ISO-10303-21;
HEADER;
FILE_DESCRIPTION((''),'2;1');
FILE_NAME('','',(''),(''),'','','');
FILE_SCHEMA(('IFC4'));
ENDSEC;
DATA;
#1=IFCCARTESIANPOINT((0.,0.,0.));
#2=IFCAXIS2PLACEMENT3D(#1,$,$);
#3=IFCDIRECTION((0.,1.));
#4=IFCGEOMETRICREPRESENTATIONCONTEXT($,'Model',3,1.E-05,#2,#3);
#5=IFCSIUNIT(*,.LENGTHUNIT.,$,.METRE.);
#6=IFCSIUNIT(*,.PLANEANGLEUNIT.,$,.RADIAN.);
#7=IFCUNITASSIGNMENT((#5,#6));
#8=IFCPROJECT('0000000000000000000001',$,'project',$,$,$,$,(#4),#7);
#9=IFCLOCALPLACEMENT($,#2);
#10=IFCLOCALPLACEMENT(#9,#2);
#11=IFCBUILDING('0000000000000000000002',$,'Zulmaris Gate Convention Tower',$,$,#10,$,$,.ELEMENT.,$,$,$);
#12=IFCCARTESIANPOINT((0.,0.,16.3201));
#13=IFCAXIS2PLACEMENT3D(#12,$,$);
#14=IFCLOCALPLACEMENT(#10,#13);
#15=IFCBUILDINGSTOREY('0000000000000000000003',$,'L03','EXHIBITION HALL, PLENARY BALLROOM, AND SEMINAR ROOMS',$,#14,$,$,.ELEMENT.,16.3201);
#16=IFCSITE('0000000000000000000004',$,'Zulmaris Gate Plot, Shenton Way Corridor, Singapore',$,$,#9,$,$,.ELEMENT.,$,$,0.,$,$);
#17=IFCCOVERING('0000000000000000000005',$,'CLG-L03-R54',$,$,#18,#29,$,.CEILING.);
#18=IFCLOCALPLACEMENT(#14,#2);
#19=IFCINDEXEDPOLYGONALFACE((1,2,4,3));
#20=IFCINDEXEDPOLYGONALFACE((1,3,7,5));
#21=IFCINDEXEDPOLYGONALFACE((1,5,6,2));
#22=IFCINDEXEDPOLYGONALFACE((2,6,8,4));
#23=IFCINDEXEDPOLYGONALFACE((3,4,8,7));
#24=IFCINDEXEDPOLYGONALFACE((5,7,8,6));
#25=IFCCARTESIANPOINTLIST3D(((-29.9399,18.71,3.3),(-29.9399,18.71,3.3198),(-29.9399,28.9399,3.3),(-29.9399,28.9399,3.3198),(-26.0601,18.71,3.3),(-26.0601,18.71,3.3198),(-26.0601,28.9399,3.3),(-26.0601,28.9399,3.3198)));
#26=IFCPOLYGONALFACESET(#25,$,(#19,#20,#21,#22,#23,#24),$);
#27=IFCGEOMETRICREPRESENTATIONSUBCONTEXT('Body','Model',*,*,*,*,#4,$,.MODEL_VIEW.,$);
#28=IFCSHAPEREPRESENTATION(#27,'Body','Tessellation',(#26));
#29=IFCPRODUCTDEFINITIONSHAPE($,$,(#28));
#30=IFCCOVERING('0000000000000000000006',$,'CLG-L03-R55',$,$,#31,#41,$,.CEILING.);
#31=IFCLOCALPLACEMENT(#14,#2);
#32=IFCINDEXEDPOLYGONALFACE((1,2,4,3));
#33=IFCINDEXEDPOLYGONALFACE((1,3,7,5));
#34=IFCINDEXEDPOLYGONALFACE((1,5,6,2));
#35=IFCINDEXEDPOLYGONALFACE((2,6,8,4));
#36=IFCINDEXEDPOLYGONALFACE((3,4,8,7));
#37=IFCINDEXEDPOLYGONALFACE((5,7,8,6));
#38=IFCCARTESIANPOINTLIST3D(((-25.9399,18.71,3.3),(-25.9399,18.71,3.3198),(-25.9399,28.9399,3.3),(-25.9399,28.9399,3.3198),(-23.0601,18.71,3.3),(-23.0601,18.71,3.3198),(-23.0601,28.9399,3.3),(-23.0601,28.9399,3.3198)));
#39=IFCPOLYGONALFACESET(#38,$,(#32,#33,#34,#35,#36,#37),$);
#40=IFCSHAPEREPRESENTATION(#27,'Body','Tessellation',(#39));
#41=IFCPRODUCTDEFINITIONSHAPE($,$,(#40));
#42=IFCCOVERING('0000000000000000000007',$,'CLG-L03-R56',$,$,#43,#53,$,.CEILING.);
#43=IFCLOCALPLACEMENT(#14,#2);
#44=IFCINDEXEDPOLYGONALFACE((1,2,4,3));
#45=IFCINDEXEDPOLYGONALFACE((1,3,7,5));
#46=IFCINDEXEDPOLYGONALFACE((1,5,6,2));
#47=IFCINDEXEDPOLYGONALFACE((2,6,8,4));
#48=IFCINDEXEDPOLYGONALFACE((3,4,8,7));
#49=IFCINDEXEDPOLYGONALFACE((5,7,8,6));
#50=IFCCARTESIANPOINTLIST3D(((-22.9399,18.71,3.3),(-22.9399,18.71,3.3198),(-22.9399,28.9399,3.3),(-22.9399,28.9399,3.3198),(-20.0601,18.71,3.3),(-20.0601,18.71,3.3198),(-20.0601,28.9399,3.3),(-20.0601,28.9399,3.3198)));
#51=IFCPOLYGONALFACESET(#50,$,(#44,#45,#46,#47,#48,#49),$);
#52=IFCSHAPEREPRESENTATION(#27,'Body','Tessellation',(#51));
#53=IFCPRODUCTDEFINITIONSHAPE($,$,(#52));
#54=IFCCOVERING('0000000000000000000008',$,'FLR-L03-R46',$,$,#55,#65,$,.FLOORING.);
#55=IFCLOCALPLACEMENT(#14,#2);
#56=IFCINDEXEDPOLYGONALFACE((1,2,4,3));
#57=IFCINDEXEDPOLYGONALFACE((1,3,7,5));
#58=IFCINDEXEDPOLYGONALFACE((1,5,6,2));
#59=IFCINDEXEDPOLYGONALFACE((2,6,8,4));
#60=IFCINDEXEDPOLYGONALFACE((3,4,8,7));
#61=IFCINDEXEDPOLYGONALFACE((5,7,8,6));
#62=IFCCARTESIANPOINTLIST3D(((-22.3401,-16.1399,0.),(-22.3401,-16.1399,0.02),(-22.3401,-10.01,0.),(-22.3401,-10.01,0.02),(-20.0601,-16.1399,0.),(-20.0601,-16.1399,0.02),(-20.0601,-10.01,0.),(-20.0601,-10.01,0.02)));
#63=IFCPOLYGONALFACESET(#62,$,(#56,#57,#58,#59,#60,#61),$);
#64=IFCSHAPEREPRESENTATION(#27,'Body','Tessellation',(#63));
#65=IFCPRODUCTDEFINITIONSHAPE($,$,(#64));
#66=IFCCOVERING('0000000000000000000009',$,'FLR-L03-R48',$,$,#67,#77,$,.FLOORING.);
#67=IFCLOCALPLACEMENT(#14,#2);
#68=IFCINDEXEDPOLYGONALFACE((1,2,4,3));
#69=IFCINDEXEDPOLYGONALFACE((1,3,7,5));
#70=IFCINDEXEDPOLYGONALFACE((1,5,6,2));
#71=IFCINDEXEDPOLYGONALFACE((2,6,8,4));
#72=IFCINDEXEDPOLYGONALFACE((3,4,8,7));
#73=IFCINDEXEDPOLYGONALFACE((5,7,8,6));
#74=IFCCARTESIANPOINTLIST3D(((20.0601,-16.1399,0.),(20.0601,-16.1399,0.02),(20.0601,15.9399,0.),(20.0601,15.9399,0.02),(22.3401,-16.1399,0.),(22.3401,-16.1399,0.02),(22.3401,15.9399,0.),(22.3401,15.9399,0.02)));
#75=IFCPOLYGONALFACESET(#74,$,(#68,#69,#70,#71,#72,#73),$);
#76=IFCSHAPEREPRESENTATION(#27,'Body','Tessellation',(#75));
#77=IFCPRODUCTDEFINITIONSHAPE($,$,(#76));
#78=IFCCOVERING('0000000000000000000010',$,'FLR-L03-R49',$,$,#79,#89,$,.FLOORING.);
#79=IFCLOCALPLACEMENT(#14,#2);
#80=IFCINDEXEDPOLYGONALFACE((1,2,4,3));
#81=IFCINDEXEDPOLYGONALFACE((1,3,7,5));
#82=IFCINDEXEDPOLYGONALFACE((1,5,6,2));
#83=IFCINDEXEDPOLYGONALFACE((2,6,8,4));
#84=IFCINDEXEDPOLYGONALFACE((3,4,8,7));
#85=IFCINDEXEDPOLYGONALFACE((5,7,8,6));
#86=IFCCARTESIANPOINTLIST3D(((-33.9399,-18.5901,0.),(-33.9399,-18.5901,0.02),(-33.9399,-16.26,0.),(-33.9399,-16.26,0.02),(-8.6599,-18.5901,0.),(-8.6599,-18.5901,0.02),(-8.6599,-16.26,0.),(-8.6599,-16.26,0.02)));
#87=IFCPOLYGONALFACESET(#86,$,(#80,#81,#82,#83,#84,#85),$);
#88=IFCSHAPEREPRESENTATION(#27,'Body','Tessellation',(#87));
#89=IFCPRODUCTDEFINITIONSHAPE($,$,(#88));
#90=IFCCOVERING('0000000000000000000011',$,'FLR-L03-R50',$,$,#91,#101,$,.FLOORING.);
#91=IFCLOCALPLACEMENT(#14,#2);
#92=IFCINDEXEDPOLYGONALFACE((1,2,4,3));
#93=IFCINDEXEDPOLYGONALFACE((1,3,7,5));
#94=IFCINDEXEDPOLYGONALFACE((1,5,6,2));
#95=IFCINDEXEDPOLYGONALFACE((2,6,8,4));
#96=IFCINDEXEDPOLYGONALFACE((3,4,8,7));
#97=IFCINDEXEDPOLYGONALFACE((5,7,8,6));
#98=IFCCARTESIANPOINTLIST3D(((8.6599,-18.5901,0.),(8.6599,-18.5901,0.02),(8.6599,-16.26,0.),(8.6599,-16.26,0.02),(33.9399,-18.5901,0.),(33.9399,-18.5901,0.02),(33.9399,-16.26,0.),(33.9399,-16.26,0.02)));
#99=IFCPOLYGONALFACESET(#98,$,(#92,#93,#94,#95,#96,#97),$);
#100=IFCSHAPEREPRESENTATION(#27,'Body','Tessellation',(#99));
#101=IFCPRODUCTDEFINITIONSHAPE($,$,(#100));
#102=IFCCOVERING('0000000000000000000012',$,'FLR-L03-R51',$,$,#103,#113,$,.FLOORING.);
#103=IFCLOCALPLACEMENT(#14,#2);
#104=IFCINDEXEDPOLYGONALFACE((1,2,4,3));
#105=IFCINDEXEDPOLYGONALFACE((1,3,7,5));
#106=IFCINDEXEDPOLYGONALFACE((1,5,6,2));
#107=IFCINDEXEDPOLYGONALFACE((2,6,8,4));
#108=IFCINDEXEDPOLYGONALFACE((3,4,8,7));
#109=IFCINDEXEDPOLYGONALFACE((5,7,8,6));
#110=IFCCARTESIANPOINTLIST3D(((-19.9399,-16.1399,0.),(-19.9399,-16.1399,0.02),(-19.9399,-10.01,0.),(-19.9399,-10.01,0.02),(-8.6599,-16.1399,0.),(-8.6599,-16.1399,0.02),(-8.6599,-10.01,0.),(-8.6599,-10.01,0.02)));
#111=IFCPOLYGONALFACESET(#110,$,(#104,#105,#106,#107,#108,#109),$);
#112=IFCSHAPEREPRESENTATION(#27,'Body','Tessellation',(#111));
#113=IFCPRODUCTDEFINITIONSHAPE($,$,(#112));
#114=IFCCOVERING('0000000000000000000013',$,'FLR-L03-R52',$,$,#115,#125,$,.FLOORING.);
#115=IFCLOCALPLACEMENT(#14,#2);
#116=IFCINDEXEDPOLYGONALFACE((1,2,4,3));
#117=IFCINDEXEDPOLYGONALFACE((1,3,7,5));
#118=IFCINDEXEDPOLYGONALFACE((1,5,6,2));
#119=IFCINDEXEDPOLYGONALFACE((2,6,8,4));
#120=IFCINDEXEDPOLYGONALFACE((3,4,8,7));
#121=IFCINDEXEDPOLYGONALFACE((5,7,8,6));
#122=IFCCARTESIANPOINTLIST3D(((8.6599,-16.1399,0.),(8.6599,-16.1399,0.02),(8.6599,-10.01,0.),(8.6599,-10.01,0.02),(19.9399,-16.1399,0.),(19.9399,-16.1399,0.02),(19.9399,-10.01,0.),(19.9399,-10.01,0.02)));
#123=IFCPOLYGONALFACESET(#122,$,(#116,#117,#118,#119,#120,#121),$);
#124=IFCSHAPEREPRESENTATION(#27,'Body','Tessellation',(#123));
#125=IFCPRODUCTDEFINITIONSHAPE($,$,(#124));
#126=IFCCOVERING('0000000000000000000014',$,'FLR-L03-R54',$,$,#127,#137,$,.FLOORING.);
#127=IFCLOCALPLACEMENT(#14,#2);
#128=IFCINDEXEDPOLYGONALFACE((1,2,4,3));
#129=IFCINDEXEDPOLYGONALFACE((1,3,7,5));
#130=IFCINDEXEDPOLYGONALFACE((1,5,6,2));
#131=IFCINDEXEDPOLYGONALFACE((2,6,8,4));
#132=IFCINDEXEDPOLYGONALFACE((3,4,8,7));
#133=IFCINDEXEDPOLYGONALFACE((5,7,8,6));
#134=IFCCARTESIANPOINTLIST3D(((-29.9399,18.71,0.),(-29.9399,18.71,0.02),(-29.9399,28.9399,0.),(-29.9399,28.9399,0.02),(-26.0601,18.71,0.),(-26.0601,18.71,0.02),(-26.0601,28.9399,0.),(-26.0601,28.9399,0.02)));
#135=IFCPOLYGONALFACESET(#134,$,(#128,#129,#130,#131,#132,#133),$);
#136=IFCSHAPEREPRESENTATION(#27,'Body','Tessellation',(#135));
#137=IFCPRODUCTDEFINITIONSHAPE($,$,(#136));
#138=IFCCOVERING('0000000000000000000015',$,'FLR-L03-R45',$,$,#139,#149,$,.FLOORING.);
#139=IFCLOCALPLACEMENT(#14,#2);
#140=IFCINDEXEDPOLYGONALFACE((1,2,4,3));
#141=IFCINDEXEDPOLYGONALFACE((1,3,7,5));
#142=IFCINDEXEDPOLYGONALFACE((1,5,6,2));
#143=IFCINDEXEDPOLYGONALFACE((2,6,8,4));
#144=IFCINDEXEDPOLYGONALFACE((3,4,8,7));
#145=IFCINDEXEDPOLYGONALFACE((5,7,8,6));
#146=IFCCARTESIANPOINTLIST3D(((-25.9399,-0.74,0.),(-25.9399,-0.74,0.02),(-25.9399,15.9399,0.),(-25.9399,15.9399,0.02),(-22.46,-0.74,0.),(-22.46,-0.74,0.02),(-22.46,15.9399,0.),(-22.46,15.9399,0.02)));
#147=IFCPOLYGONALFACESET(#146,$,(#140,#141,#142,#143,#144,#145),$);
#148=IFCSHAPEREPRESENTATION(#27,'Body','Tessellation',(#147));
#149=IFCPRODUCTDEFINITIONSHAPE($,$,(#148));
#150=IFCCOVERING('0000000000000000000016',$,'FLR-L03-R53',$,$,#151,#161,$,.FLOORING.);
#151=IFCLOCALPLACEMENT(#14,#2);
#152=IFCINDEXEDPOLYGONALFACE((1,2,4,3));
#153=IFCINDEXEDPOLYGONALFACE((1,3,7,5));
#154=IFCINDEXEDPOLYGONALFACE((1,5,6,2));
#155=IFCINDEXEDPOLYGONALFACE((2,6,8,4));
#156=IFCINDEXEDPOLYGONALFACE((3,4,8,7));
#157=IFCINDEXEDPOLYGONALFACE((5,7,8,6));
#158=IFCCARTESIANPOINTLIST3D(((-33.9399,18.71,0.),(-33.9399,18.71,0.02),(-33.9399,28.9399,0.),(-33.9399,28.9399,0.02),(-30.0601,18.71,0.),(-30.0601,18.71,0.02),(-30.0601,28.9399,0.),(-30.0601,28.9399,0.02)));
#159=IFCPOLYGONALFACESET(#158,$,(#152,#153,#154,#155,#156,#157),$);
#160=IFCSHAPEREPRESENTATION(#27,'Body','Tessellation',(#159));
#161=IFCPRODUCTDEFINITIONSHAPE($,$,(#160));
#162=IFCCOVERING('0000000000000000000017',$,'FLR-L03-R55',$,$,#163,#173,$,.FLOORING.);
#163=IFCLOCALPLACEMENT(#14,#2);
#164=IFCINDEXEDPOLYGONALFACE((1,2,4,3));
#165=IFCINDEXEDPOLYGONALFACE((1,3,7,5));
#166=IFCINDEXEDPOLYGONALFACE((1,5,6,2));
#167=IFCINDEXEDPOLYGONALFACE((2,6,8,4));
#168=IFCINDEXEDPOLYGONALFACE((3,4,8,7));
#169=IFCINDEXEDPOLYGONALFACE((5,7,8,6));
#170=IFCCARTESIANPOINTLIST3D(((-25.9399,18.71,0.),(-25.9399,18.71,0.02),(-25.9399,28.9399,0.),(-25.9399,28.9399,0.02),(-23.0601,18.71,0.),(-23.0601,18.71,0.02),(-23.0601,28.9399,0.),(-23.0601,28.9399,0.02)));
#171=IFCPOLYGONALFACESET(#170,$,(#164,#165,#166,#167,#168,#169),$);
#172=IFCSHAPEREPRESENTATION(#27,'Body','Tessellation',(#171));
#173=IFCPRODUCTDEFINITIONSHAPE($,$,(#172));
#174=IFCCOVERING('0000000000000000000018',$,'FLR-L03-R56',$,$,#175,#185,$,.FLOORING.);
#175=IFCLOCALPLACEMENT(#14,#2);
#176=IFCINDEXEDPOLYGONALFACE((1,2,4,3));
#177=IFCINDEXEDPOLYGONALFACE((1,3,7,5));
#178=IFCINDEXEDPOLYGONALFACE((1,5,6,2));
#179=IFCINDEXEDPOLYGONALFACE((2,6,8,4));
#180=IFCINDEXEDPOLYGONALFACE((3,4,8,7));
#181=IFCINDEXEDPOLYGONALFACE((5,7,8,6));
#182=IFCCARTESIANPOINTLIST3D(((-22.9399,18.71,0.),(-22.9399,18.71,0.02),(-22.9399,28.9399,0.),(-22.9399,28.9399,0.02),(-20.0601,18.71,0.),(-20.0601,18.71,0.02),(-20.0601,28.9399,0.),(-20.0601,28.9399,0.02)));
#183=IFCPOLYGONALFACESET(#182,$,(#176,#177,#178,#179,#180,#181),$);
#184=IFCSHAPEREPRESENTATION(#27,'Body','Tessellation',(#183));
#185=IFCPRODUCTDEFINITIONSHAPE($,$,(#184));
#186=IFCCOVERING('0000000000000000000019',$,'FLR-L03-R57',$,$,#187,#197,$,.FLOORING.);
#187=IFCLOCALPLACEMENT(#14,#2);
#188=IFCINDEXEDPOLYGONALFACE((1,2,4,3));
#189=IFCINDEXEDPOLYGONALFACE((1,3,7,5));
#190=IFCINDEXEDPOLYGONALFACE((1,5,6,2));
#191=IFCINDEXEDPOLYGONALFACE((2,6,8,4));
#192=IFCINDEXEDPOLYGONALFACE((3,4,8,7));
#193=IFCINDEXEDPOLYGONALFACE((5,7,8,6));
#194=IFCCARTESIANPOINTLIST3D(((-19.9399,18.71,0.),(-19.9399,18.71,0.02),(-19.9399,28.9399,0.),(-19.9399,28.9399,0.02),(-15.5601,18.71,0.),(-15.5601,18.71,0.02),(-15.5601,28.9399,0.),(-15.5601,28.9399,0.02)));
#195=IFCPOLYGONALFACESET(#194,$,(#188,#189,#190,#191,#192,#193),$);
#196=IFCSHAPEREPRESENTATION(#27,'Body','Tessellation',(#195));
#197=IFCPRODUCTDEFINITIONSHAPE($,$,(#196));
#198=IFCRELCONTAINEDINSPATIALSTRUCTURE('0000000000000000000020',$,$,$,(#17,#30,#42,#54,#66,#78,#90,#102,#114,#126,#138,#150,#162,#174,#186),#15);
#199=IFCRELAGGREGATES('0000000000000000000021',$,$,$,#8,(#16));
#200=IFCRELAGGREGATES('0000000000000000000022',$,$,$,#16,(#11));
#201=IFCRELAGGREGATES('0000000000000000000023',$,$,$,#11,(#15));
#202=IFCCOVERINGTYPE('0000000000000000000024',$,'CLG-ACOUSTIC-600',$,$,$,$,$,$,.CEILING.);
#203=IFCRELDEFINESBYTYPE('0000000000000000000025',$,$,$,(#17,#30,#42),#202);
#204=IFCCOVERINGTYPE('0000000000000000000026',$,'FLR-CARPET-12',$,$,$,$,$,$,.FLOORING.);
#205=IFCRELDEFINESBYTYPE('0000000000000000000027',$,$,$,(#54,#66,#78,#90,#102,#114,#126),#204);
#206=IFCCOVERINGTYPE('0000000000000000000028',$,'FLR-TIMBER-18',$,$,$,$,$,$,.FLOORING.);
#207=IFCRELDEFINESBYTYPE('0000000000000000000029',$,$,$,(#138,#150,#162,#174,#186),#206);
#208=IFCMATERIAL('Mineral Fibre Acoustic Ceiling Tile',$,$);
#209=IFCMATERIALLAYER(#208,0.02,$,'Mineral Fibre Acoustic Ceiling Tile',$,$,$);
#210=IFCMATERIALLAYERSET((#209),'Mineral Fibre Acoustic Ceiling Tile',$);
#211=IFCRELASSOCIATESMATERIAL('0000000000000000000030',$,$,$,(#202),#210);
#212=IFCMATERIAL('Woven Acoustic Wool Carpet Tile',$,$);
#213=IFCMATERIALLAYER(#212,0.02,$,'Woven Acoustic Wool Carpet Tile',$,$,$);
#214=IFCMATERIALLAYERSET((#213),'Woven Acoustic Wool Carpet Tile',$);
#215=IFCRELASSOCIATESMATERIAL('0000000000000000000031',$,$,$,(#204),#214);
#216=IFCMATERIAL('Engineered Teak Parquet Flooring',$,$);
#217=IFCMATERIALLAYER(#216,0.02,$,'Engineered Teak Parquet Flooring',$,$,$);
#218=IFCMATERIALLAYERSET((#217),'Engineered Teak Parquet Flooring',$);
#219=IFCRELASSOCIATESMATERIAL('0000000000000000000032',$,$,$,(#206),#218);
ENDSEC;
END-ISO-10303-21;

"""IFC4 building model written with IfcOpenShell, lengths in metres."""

from ifc_helpers import new_model, si_unit, direction, frame, origin, place, context, subcontext, project, spatial, polyline, outline, extrude, material, layer, layer_set, type_object, element, save


model = new_model("IFC4")

# Units and contexts
model_context = context("Model", 3, precision=1e-05, world=origin(), true_north=direction((0.0, 1.0)))
body_context = subcontext(model_context, "Body", "Model", "MODEL_VIEW")
ifc_project = project(units=[si_unit("LENGTHUNIT", "METRE"), si_unit("PLANEANGLEUNIT", "RADIAN")], contexts=[model_context])

# Site, building, storey
site_placement = place(None, origin())
site = spatial("IfcSite", under=ifc_project, at=site_placement, Name="Zulmaris Gate Plot, Shenton Way Corridor, Singapore", CompositionType="ELEMENT", RefElevation=0.0)
building_placement = place(site_placement, origin())
building = spatial("IfcBuilding", under=site, at=building_placement, Name="Zulmaris Gate Convention Tower", CompositionType="ELEMENT")
storey_placement = place(building_placement, frame((0.0, 0.0, 16.3201)))
storey = spatial("IfcBuildingStorey", under=building, at=storey_placement, Name="L03", Description="EXHIBITION HALL, PLENARY BALLROOM, AND SEMINAR ROOMS", CompositionType="ELEMENT", Elevation=16.3201)

# Coverings
ifc_material_1 = material(Name="Mineral Fibre Acoustic Ceiling Tile")
ifc_layer_1 = layer(ifc_material_1, 0.02, Name="Mineral Fibre Acoustic Ceiling Tile")
ifc_layer_set_1 = layer_set([ifc_layer_1], Name="Mineral Fibre Acoustic Ceiling Tile")
covering_type_1 = type_object("IfcCoveringType", Name="CLG-ACOUSTIC-600", PredefinedType="CEILING", material=ifc_layer_set_1)
covering_1_placement = place(storey_placement, frame((0.0, 0.0, 3.3)))
element("IfcCovering", 1, at=covering_1_placement, inside=storey, type_object=covering_type_1, Name="CLG-L03-R54", PredefinedType="CEILING", context=body_context, shape_type="SweptSolid", body=[
    extrude(outline(polyline([(-29.9399, 18.71), (-26.0601, 18.71), (-26.0601, 28.9399), (-29.9399, 28.9399), (-29.9399, 18.71)])), origin(), (0.0, 0.0, 1.0), 0.0198),
])
covering_2_placement = place(storey_placement, frame((0.0, 0.0, 3.3)))
element("IfcCovering", 2, at=covering_2_placement, inside=storey, type_object=covering_type_1, Name="CLG-L03-R55", PredefinedType="CEILING", context=body_context, shape_type="SweptSolid", body=[
    extrude(outline(polyline([(-25.9399, 18.71), (-23.0601, 18.71), (-23.0601, 28.9399), (-25.9399, 28.9399), (-25.9399, 18.71)])), origin(), (0.0, 0.0, 1.0), 0.0198),
])
covering_3_placement = place(storey_placement, frame((0.0, 0.0, 3.3)))
element("IfcCovering", 3, at=covering_3_placement, inside=storey, type_object=covering_type_1, Name="CLG-L03-R56", PredefinedType="CEILING", context=body_context, shape_type="SweptSolid", body=[
    extrude(outline(polyline([(-22.9399, 18.71), (-20.0601, 18.71), (-20.0601, 28.9399), (-22.9399, 28.9399), (-22.9399, 18.71)])), origin(), (0.0, 0.0, 1.0), 0.0198),
])
ifc_material_2 = material(Name="Woven Acoustic Wool Carpet Tile")
ifc_layer_2 = layer(ifc_material_2, 0.02, Name="Woven Acoustic Wool Carpet Tile")
ifc_layer_set_2 = layer_set([ifc_layer_2], Name="Woven Acoustic Wool Carpet Tile")
covering_type_2 = type_object("IfcCoveringType", Name="FLR-CARPET-12", PredefinedType="FLOORING", material=ifc_layer_set_2)
covering_4_placement = place(storey_placement, origin())
element("IfcCovering", 4, at=covering_4_placement, inside=storey, type_object=covering_type_2, Name="FLR-L03-R46", PredefinedType="FLOORING", context=body_context, shape_type="SweptSolid", body=[
    extrude(outline(polyline([(-22.3401, -16.1399), (-20.0601, -16.1399), (-20.0601, -10.01), (-22.3401, -10.01), (-22.3401, -16.1399)])), origin(), (0.0, 0.0, 1.0), 0.02),
])
covering_5_placement = place(storey_placement, origin())
element("IfcCovering", 5, at=covering_5_placement, inside=storey, type_object=covering_type_2, Name="FLR-L03-R48", PredefinedType="FLOORING", context=body_context, shape_type="SweptSolid", body=[
    extrude(outline(polyline([(20.0601, -16.1399), (22.3401, -16.1399), (22.3401, 15.9399), (20.0601, 15.9399), (20.0601, -16.1399)])), origin(), (0.0, 0.0, 1.0), 0.02),
])
covering_6_placement = place(storey_placement, origin())
element("IfcCovering", 6, at=covering_6_placement, inside=storey, type_object=covering_type_2, Name="FLR-L03-R49", PredefinedType="FLOORING", context=body_context, shape_type="SweptSolid", body=[
    extrude(outline(polyline([(-33.9399, -18.5901), (-8.6599, -18.5901), (-8.6599, -16.26), (-33.9399, -16.26), (-33.9399, -18.5901)])), origin(), (0.0, 0.0, 1.0), 0.02),
])
covering_7_placement = place(storey_placement, origin())
element("IfcCovering", 7, at=covering_7_placement, inside=storey, type_object=covering_type_2, Name="FLR-L03-R50", PredefinedType="FLOORING", context=body_context, shape_type="SweptSolid", body=[
    extrude(outline(polyline([(8.6599, -18.5901), (33.9399, -18.5901), (33.9399, -16.26), (8.6599, -16.26), (8.6599, -18.5901)])), origin(), (0.0, 0.0, 1.0), 0.02),
])
covering_8_placement = place(storey_placement, origin())
element("IfcCovering", 8, at=covering_8_placement, inside=storey, type_object=covering_type_2, Name="FLR-L03-R51", PredefinedType="FLOORING", context=body_context, shape_type="SweptSolid", body=[
    extrude(outline(polyline([(-19.9399, -16.1399), (-8.6599, -16.1399), (-8.6599, -10.01), (-19.9399, -10.01), (-19.9399, -16.1399)])), origin(), (0.0, 0.0, 1.0), 0.02),
])
covering_9_placement = place(storey_placement, origin())
element("IfcCovering", 9, at=covering_9_placement, inside=storey, type_object=covering_type_2, Name="FLR-L03-R52", PredefinedType="FLOORING", context=body_context, shape_type="SweptSolid", body=[
    extrude(outline(polyline([(8.6599, -16.1399), (19.9399, -16.1399), (19.9399, -10.01), (8.6599, -10.01), (8.6599, -16.1399)])), origin(), (0.0, 0.0, 1.0), 0.02),
])
covering_10_placement = place(storey_placement, origin())
element("IfcCovering", 10, at=covering_10_placement, inside=storey, type_object=covering_type_2, Name="FLR-L03-R54", PredefinedType="FLOORING", context=body_context, shape_type="SweptSolid", body=[
    extrude(outline(polyline([(-29.9399, 18.71), (-26.0601, 18.71), (-26.0601, 28.9399), (-29.9399, 28.9399), (-29.9399, 18.71)])), origin(), (0.0, 0.0, 1.0), 0.02),
])
ifc_material_3 = material(Name="Engineered Teak Parquet Flooring")
ifc_layer_3 = layer(ifc_material_3, 0.02, Name="Engineered Teak Parquet Flooring")
ifc_layer_set_3 = layer_set([ifc_layer_3], Name="Engineered Teak Parquet Flooring")
covering_type_3 = type_object("IfcCoveringType", Name="FLR-TIMBER-18", PredefinedType="FLOORING", material=ifc_layer_set_3)
covering_11_placement = place(storey_placement, origin())
element("IfcCovering", 11, at=covering_11_placement, inside=storey, type_object=covering_type_3, Name="FLR-L03-R45", PredefinedType="FLOORING", context=body_context, shape_type="SweptSolid", body=[
    extrude(outline(polyline([(-25.9399, -0.74), (-22.46, -0.74), (-22.46, 15.9399), (-25.9399, 15.9399), (-25.9399, -0.74)])), origin(), (0.0, 0.0, 1.0), 0.02),
])
covering_12_placement = place(storey_placement, origin())
element("IfcCovering", 12, at=covering_12_placement, inside=storey, type_object=covering_type_3, Name="FLR-L03-R53", PredefinedType="FLOORING", context=body_context, shape_type="SweptSolid", body=[
    extrude(outline(polyline([(-33.9399, 18.71), (-30.0601, 18.71), (-30.0601, 28.9399), (-33.9399, 28.9399), (-33.9399, 18.71)])), origin(), (0.0, 0.0, 1.0), 0.02),
])
covering_13_placement = place(storey_placement, origin())
element("IfcCovering", 13, at=covering_13_placement, inside=storey, type_object=covering_type_3, Name="FLR-L03-R55", PredefinedType="FLOORING", context=body_context, shape_type="SweptSolid", body=[
    extrude(outline(polyline([(-25.9399, 18.71), (-23.0601, 18.71), (-23.0601, 28.9399), (-25.9399, 28.9399), (-25.9399, 18.71)])), origin(), (0.0, 0.0, 1.0), 0.02),
])
covering_14_placement = place(storey_placement, origin())
element("IfcCovering", 14, at=covering_14_placement, inside=storey, type_object=covering_type_3, Name="FLR-L03-R56", PredefinedType="FLOORING", context=body_context, shape_type="SweptSolid", body=[
    extrude(outline(polyline([(-22.9399, 18.71), (-20.0601, 18.71), (-20.0601, 28.9399), (-22.9399, 28.9399), (-22.9399, 18.71)])), origin(), (0.0, 0.0, 1.0), 0.02),
])
covering_15_placement = place(storey_placement, origin())
element("IfcCovering", 15, at=covering_15_placement, inside=storey, type_object=covering_type_3, Name="FLR-L03-R57", PredefinedType="FLOORING", context=body_context, shape_type="SweptSolid", body=[
    extrude(outline(polyline([(-19.9399, 18.71), (-15.5601, 18.71), (-15.5601, 28.9399), (-19.9399, 28.9399), (-19.9399, 18.71)])), origin(), (0.0, 0.0, 1.0), 0.02),
])

save(model, "model.ifc")
